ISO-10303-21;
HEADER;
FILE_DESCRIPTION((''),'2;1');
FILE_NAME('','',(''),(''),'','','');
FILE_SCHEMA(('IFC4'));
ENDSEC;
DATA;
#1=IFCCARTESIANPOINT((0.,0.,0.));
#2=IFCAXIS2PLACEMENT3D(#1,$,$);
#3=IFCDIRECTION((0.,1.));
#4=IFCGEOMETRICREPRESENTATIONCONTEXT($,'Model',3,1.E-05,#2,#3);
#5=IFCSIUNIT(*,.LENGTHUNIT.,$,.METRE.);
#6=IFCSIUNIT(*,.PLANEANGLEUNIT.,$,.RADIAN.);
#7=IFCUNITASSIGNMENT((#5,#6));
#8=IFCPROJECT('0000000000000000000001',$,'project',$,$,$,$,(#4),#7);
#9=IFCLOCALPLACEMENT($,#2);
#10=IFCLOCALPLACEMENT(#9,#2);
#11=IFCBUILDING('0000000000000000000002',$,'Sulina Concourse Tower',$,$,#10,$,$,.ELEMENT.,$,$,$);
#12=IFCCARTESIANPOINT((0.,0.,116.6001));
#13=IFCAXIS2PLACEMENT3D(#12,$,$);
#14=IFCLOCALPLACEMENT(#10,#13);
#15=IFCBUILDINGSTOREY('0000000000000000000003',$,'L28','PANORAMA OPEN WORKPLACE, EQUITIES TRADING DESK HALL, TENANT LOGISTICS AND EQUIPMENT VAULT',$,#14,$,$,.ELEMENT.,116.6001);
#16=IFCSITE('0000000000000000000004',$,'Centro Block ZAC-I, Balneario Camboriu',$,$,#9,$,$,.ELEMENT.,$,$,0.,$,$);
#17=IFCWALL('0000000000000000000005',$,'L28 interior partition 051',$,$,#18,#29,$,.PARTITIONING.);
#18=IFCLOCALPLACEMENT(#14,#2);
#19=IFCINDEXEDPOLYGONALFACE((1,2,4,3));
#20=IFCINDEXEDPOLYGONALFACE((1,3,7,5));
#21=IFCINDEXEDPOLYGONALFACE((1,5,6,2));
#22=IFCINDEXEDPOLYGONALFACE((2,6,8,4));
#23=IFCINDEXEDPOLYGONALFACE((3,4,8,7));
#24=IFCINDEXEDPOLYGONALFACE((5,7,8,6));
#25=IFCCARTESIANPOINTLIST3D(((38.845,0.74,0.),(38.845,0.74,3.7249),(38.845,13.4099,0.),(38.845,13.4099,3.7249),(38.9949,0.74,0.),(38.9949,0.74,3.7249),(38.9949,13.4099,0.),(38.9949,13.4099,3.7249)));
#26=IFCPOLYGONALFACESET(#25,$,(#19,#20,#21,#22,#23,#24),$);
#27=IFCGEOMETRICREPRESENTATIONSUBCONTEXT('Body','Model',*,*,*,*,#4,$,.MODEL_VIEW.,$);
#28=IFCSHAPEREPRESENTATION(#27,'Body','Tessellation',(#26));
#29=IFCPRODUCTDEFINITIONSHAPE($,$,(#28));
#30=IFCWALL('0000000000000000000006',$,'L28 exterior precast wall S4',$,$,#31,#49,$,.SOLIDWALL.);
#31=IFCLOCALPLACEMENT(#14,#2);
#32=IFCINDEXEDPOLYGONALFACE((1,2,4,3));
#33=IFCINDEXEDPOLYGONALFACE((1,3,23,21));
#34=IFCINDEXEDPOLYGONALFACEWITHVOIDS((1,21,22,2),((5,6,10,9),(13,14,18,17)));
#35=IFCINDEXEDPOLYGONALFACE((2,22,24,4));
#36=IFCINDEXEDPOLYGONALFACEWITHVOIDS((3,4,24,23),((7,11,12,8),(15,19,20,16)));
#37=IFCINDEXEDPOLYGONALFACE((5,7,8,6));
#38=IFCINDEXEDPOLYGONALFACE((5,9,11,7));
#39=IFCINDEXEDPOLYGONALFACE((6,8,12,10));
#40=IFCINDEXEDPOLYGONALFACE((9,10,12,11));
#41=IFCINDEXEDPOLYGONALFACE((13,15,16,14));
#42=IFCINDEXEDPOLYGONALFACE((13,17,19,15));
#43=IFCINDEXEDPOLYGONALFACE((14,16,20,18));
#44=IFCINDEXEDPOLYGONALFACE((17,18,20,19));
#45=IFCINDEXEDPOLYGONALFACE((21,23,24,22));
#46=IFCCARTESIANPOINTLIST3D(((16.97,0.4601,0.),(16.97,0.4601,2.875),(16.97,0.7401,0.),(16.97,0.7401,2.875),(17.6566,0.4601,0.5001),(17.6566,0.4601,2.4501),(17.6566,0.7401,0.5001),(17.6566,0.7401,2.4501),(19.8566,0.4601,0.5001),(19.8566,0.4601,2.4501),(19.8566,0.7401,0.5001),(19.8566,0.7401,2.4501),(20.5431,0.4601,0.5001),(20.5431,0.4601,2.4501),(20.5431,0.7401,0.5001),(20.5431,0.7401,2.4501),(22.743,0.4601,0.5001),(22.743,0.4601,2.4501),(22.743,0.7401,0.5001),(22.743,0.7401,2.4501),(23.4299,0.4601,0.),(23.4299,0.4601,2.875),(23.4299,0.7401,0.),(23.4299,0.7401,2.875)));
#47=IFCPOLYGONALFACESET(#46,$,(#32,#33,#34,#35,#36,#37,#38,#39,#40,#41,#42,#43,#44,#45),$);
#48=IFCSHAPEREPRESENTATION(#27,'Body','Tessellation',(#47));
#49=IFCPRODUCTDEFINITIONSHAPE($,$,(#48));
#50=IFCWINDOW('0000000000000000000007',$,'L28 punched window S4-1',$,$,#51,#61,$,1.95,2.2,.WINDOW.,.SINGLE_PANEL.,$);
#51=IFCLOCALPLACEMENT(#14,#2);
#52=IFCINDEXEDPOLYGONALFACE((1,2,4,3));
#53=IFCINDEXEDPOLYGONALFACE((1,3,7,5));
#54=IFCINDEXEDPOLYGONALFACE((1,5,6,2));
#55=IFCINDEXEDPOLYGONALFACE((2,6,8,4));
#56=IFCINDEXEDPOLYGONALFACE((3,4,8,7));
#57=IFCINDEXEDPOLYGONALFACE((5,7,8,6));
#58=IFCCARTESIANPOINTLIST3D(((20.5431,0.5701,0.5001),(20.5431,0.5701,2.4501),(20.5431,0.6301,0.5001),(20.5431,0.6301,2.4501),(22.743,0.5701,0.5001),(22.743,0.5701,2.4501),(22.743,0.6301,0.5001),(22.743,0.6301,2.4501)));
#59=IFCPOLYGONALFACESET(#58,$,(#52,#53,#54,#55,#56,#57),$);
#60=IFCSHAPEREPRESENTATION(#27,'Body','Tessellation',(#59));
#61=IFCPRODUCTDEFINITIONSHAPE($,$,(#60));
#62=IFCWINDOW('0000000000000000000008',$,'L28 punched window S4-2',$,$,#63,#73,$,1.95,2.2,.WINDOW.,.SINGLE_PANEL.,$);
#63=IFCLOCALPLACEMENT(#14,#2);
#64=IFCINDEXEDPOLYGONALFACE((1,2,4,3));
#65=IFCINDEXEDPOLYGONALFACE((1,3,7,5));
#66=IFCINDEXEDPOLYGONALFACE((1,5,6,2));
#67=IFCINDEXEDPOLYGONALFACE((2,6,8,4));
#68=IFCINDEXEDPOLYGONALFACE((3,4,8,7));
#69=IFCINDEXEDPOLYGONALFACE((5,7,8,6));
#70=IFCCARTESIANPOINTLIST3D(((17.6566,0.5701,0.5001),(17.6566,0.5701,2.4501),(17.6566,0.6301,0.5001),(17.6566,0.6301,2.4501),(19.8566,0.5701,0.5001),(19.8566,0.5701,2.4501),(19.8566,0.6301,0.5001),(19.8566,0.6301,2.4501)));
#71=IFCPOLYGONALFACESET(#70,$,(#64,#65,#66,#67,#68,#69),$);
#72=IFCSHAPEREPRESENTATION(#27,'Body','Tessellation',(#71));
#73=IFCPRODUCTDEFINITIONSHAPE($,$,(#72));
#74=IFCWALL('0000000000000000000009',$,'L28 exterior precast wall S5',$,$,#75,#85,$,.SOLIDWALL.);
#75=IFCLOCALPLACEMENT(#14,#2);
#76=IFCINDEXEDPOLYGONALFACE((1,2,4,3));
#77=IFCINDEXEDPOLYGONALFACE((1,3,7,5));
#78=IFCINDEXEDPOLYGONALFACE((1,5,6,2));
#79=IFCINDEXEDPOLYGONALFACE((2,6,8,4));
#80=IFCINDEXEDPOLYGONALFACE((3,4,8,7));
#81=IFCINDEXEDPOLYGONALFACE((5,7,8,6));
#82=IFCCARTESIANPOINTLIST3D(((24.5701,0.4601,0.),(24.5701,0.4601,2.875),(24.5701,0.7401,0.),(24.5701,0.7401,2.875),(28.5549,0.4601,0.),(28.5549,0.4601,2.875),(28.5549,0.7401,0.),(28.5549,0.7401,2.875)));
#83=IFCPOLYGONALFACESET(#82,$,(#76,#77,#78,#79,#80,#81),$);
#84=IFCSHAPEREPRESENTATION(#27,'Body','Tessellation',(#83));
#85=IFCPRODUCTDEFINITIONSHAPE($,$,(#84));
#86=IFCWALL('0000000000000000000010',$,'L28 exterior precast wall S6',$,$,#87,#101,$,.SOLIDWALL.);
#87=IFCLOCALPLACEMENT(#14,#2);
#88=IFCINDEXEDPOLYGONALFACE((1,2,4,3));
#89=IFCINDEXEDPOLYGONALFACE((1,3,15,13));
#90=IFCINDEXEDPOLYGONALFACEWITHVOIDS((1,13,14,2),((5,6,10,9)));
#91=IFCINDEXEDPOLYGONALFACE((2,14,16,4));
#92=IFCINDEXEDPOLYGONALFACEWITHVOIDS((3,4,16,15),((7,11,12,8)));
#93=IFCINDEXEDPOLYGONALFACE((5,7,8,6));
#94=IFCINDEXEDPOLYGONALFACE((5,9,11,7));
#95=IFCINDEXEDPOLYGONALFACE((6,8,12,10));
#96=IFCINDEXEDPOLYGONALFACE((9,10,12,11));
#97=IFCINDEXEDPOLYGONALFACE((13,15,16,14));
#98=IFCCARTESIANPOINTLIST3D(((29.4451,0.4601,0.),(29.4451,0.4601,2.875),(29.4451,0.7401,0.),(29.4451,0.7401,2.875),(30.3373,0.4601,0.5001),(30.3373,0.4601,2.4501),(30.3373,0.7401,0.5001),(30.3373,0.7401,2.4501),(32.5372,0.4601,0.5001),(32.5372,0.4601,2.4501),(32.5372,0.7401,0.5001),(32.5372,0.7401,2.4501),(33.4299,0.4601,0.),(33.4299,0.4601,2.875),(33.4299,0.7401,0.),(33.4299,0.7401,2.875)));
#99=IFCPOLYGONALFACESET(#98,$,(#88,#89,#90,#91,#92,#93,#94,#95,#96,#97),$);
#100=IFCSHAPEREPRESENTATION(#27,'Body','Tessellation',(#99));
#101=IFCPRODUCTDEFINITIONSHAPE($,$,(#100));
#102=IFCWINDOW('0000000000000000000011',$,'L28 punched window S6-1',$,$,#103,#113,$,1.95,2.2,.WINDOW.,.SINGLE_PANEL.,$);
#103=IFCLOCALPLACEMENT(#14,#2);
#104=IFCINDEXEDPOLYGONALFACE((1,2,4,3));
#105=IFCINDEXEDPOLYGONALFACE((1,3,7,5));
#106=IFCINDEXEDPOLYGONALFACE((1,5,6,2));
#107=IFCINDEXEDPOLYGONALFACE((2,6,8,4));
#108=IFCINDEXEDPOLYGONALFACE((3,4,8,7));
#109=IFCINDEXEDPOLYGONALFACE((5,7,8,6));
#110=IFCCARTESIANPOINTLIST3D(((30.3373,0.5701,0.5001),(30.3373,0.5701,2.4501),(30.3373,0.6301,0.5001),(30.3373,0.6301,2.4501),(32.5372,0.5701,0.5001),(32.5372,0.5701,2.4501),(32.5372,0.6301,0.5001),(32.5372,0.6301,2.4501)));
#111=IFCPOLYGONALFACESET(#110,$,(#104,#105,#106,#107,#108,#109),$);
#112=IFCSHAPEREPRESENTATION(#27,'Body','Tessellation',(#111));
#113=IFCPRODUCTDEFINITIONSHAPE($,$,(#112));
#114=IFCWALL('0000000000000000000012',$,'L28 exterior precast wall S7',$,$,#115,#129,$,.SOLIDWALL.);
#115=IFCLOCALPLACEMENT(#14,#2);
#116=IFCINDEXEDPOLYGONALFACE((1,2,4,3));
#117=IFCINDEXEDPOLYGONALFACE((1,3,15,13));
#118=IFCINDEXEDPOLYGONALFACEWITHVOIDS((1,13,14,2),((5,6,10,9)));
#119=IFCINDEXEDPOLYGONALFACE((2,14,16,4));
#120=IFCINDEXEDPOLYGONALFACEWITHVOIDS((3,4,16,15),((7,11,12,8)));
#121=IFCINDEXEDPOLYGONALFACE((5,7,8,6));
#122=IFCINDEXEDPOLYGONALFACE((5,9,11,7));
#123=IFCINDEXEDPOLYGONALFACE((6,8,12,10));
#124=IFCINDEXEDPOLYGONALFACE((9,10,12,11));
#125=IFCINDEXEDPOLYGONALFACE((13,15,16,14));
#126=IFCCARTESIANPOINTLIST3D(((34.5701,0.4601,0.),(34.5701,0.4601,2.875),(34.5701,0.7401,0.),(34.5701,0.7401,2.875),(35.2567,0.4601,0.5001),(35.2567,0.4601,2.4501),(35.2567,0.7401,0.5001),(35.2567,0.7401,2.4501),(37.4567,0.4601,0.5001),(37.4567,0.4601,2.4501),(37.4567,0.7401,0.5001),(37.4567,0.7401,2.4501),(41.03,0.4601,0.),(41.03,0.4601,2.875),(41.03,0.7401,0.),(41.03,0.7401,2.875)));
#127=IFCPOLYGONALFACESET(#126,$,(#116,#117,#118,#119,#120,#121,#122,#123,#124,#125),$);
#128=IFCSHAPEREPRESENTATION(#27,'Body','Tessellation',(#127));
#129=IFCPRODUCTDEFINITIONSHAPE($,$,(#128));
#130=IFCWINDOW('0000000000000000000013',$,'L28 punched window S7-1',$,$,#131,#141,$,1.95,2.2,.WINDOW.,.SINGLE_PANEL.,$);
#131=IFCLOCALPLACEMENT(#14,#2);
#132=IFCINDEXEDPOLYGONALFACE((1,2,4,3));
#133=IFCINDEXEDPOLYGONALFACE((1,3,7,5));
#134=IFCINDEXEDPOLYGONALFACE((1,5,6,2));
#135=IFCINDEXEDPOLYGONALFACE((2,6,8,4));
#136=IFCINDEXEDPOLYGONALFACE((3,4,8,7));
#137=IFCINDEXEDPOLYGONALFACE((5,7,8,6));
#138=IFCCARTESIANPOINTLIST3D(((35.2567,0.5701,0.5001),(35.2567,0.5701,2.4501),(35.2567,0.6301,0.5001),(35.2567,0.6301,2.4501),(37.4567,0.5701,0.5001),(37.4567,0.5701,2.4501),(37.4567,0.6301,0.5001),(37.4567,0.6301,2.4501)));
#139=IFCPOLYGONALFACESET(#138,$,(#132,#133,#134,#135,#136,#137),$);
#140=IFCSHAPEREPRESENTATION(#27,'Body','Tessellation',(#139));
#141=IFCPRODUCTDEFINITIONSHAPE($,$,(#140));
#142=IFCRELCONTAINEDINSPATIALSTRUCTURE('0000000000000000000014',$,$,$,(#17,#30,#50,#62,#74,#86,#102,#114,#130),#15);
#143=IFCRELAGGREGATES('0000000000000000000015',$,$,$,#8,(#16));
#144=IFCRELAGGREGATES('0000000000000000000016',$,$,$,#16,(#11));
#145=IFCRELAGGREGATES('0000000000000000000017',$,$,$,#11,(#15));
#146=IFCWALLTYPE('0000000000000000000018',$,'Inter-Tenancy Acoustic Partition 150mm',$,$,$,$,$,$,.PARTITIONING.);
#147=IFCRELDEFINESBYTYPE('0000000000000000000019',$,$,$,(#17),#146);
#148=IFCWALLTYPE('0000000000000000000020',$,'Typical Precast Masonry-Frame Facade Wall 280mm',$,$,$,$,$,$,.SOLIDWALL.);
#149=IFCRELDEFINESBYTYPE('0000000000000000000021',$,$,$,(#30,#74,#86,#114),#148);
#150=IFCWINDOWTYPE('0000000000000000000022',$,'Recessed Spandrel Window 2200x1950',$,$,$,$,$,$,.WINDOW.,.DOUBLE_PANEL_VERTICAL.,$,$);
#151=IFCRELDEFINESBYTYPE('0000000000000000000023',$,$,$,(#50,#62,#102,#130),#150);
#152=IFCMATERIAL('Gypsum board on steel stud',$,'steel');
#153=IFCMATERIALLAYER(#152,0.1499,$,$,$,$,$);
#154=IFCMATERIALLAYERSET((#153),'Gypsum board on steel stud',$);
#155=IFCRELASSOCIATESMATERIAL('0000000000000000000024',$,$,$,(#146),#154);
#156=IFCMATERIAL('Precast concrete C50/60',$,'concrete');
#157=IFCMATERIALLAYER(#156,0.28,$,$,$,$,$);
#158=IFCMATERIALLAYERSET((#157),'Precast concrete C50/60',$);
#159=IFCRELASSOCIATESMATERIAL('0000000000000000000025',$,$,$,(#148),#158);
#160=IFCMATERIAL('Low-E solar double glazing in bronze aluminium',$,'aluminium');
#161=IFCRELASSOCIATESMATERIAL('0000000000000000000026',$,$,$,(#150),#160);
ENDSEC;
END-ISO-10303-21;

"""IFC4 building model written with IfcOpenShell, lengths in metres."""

from ifc_helpers import new_model, si_unit, direction, frame, frame_2d, origin, place, context, subcontext, project, spatial, rectangle, extrude, material, layer, layer_set, type_object, element, fill, save


model = new_model("IFC4")

# Units and contexts
model_context = context("Model", 3, precision=1e-05, world=origin(), true_north=direction((0.0, 1.0)))
body_context = subcontext(model_context, "Body", "Model", "MODEL_VIEW")
ifc_project = project(units=[si_unit("LENGTHUNIT", "METRE"), si_unit("PLANEANGLEUNIT", "RADIAN")], contexts=[model_context])

# Site, building, storey
site_placement = place(None, origin())
site = spatial("IfcSite", under=ifc_project, at=site_placement, Name="Centro Block ZAC-I, Balneario Camboriu", CompositionType="ELEMENT", RefElevation=0.0)
building_placement = place(site_placement, origin())
building = spatial("IfcBuilding", under=site, at=building_placement, Name="Sulina Concourse Tower", CompositionType="ELEMENT")
storey_placement = place(building_placement, frame((0.0, 0.0, 116.6001)))
storey = spatial("IfcBuildingStorey", under=building, at=storey_placement, Name="L28", Description="PANORAMA OPEN WORKPLACE, EQUITIES TRADING DESK HALL, TENANT LOGISTICS AND EQUIPMENT VAULT", CompositionType="ELEMENT", Elevation=116.6001)

# Wall
ifc_material_1 = material(Name="Gypsum board on steel stud", Category="steel")
ifc_layer_1 = layer(ifc_material_1, 0.1499)
ifc_layer_set_1 = layer_set([ifc_layer_1], Name="Gypsum board on steel stud")
wall_type_1 = type_object("IfcWallType", Name="Inter-Tenancy Acoustic Partition 150mm", PredefinedType="PARTITIONING", material=ifc_layer_set_1)
wall_1_placement = place(storey_placement, frame((38.9199, 0.74, 0.0), z_axis=(0.0, 0.0, 1.0), x_axis=(0.0, 1.0, 0.0)))
element("IfcWall", 1, at=wall_1_placement, inside=storey, type_object=wall_type_1, Name="L28 interior partition 051", PredefinedType="PARTITIONING", context=body_context, shape_type="SweptSolid", body=[
    extrude(rectangle(XDim=12.6699, YDim=0.1499, at=frame_2d((6.335, 0.0))), origin(), (0.0, 0.0, 1.0), 3.7249),
])

# Wall, openings, windows
ifc_material_2 = material(Name="Precast concrete C50/60", Category="concrete")
ifc_layer_2 = layer(ifc_material_2, 0.28)
ifc_layer_set_2 = layer_set([ifc_layer_2], Name="Precast concrete C50/60")
wall_type_2 = type_object("IfcWallType", Name="Typical Precast Masonry-Frame Facade Wall 280mm", PredefinedType="SOLIDWALL", material=ifc_layer_set_2)
wall_2_placement = place(storey_placement, frame((23.4299, 0.6001, 0.0), z_axis=(0.0, 0.0, 1.0), x_axis=(-1.0, 0.0, 0.0)))
wall_2 = element("IfcWall", 2, at=wall_2_placement, inside=storey, type_object=wall_type_2, Name="L28 exterior precast wall S4", PredefinedType="SOLIDWALL", context=body_context, shape_type="SweptSolid", body=[
    extrude(rectangle(XDim=6.46, YDim=0.28, at=frame_2d((3.23, 0.0))), origin(), (0.0, 0.0, 1.0), 2.875),
])
opening_1_placement = place(wall_2_placement, frame((0.6868, 0.0, 0.5)))
opening_1 = element("IfcOpeningElement", 3, at=opening_1_placement, cuts=wall_2, PredefinedType="OPENING", context=body_context, shape_type="SweptSolid", body=[
    extrude(rectangle(XDim=2.2, YDim=1.95, at=frame_2d((1.1001, 0.9751))), frame((0.0, 0.1499, 0.0), z_axis=(0.0, -1.0, 0.0), x_axis=(1.0, 0.0, 0.0)), (0.0, 0.0, 1.0), 0.3),
])
opening_2_placement = place(wall_2_placement, frame((3.5732, 0.0, 0.5)))
opening_2 = element("IfcOpeningElement", 4, at=opening_2_placement, cuts=wall_2, PredefinedType="OPENING", context=body_context, shape_type="SweptSolid", body=[
    extrude(rectangle(XDim=2.2, YDim=1.95, at=frame_2d((1.1001, 0.9751))), frame((0.0, 0.1499, 0.0), z_axis=(0.0, -1.0, 0.0), x_axis=(1.0, 0.0, 0.0)), (0.0, 0.0, 1.0), 0.3),
])
ifc_material_3 = material(Name="Low-E solar double glazing in bronze aluminium", Category="aluminium")
window_type = type_object("IfcWindowType", Name="Recessed Spandrel Window 2200x1950", PartitioningType="DOUBLE_PANEL_VERTICAL", PredefinedType="WINDOW", material=ifc_material_3)
window_1_placement = place(opening_1_placement, origin())
window_1 = element("IfcWindow", 5, at=window_1_placement, inside=storey, type_object=window_type, Name="L28 punched window S4-1", OverallHeight=1.95, OverallWidth=2.2, PartitioningType="SINGLE_PANEL", PredefinedType="WINDOW", context=body_context, shape_type="SweptSolid", body=[
    extrude(rectangle(XDim=2.2, YDim=1.95, at=frame_2d((1.1001, 0.9751))), frame((0.0, 0.03, 0.0), z_axis=(0.0, -1.0, 0.0), x_axis=(1.0, 0.0, 0.0)), (0.0, 0.0, 1.0), 0.0601),
])
fill(opening_1, window_1)
window_2_placement = place(opening_2_placement, origin())
window_2 = element("IfcWindow", 6, at=window_2_placement, inside=storey, type_object=window_type, Name="L28 punched window S4-2", OverallHeight=1.95, OverallWidth=2.2, PartitioningType="SINGLE_PANEL", PredefinedType="WINDOW", context=body_context, shape_type="SweptSolid", body=[
    extrude(rectangle(XDim=2.2, YDim=1.95, at=frame_2d((1.1001, 0.9751))), frame((0.0, 0.03, 0.0), z_axis=(0.0, -1.0, 0.0), x_axis=(1.0, 0.0, 0.0)), (0.0, 0.0, 1.0), 0.0601),
])
fill(opening_2, window_2)

# Wall
wall_3_placement = place(storey_placement, frame((28.5549, 0.6001, 0.0), z_axis=(0.0, 0.0, 1.0), x_axis=(-1.0, 0.0, 0.0)))
element("IfcWall", 7, at=wall_3_placement, inside=storey, type_object=wall_type_2, Name="L28 exterior precast wall S5", PredefinedType="SOLIDWALL", context=body_context, shape_type="SweptSolid", body=[
    extrude(rectangle(XDim=3.9849, YDim=0.28, at=frame_2d((1.9924, 0.0))), origin(), (0.0, 0.0, 1.0), 2.875),
])

# Walls, openings, windows
wall_4_placement = place(storey_placement, frame((33.4299, 0.6001, 0.0), z_axis=(0.0, 0.0, 1.0), x_axis=(-1.0, 0.0, 0.0)))
wall_4 = element("IfcWall", 8, at=wall_4_placement, inside=storey, type_object=wall_type_2, Name="L28 exterior precast wall S6", PredefinedType="SOLIDWALL", context=body_context, shape_type="SweptSolid", body=[
    extrude(rectangle(XDim=3.9849, YDim=0.28, at=frame_2d((1.9924, 0.0))), origin(), (0.0, 0.0, 1.0), 2.875),
])
opening_3_placement = place(wall_4_placement, frame((0.8926, 0.0, 0.5)))
opening_3 = element("IfcOpeningElement", 9, at=opening_3_placement, cuts=wall_4, PredefinedType="OPENING", context=body_context, shape_type="SweptSolid", body=[
    extrude(rectangle(XDim=2.2, YDim=1.95, at=frame_2d((1.1001, 0.9751))), frame((0.0, 0.1499, 0.0), z_axis=(0.0, -1.0, 0.0), x_axis=(1.0, 0.0, 0.0)), (0.0, 0.0, 1.0), 0.3),
])
window_3_placement = place(opening_3_placement, origin())
window_3 = element("IfcWindow", 10, at=window_3_placement, inside=storey, type_object=window_type, Name="L28 punched window S6-1", OverallHeight=1.95, OverallWidth=2.2, PartitioningType="SINGLE_PANEL", PredefinedType="WINDOW", context=body_context, shape_type="SweptSolid", body=[
    extrude(rectangle(XDim=2.2, YDim=1.95, at=frame_2d((1.1001, 0.9751))), frame((0.0, 0.03, 0.0), z_axis=(0.0, -1.0, 0.0), x_axis=(1.0, 0.0, 0.0)), (0.0, 0.0, 1.0), 0.0601),
])
fill(opening_3, window_3)
wall_5_placement = place(storey_placement, frame((41.03, 0.6001, 0.0), z_axis=(0.0, 0.0, 1.0), x_axis=(-1.0, 0.0, 0.0)))
wall_5 = element("IfcWall", 11, at=wall_5_placement, inside=storey, type_object=wall_type_2, Name="L28 exterior precast wall S7", PredefinedType="SOLIDWALL", context=body_context, shape_type="SweptSolid", body=[
    extrude(rectangle(XDim=6.46, YDim=0.28, at=frame_2d((3.23, 0.0))), origin(), (0.0, 0.0, 1.0), 2.875),
])
opening_4_placement = place(wall_5_placement, frame((3.5732, 0.0, 0.5)))
opening_4 = element("IfcOpeningElement", 12, at=opening_4_placement, cuts=wall_5, PredefinedType="OPENING", context=body_context, shape_type="SweptSolid", body=[
    extrude(rectangle(XDim=2.2, YDim=1.95, at=frame_2d((1.1001, 0.9751))), frame((0.0, 0.1499, 0.0), z_axis=(0.0, -1.0, 0.0), x_axis=(1.0, 0.0, 0.0)), (0.0, 0.0, 1.0), 0.3),
])
window_4_placement = place(opening_4_placement, origin())
window_4 = element("IfcWindow", 13, at=window_4_placement, inside=storey, type_object=window_type, Name="L28 punched window S7-1", OverallHeight=1.95, OverallWidth=2.2, PartitioningType="SINGLE_PANEL", PredefinedType="WINDOW", context=body_context, shape_type="SweptSolid", body=[
    extrude(rectangle(XDim=2.2, YDim=1.95, at=frame_2d((1.1001, 0.9751))), frame((0.0, 0.03, 0.0), z_axis=(0.0, -1.0, 0.0), x_axis=(1.0, 0.0, 0.0)), (0.0, 0.0, 1.0), 0.0601),
])
fill(opening_4, window_4)

save(model, "model.ifc")
